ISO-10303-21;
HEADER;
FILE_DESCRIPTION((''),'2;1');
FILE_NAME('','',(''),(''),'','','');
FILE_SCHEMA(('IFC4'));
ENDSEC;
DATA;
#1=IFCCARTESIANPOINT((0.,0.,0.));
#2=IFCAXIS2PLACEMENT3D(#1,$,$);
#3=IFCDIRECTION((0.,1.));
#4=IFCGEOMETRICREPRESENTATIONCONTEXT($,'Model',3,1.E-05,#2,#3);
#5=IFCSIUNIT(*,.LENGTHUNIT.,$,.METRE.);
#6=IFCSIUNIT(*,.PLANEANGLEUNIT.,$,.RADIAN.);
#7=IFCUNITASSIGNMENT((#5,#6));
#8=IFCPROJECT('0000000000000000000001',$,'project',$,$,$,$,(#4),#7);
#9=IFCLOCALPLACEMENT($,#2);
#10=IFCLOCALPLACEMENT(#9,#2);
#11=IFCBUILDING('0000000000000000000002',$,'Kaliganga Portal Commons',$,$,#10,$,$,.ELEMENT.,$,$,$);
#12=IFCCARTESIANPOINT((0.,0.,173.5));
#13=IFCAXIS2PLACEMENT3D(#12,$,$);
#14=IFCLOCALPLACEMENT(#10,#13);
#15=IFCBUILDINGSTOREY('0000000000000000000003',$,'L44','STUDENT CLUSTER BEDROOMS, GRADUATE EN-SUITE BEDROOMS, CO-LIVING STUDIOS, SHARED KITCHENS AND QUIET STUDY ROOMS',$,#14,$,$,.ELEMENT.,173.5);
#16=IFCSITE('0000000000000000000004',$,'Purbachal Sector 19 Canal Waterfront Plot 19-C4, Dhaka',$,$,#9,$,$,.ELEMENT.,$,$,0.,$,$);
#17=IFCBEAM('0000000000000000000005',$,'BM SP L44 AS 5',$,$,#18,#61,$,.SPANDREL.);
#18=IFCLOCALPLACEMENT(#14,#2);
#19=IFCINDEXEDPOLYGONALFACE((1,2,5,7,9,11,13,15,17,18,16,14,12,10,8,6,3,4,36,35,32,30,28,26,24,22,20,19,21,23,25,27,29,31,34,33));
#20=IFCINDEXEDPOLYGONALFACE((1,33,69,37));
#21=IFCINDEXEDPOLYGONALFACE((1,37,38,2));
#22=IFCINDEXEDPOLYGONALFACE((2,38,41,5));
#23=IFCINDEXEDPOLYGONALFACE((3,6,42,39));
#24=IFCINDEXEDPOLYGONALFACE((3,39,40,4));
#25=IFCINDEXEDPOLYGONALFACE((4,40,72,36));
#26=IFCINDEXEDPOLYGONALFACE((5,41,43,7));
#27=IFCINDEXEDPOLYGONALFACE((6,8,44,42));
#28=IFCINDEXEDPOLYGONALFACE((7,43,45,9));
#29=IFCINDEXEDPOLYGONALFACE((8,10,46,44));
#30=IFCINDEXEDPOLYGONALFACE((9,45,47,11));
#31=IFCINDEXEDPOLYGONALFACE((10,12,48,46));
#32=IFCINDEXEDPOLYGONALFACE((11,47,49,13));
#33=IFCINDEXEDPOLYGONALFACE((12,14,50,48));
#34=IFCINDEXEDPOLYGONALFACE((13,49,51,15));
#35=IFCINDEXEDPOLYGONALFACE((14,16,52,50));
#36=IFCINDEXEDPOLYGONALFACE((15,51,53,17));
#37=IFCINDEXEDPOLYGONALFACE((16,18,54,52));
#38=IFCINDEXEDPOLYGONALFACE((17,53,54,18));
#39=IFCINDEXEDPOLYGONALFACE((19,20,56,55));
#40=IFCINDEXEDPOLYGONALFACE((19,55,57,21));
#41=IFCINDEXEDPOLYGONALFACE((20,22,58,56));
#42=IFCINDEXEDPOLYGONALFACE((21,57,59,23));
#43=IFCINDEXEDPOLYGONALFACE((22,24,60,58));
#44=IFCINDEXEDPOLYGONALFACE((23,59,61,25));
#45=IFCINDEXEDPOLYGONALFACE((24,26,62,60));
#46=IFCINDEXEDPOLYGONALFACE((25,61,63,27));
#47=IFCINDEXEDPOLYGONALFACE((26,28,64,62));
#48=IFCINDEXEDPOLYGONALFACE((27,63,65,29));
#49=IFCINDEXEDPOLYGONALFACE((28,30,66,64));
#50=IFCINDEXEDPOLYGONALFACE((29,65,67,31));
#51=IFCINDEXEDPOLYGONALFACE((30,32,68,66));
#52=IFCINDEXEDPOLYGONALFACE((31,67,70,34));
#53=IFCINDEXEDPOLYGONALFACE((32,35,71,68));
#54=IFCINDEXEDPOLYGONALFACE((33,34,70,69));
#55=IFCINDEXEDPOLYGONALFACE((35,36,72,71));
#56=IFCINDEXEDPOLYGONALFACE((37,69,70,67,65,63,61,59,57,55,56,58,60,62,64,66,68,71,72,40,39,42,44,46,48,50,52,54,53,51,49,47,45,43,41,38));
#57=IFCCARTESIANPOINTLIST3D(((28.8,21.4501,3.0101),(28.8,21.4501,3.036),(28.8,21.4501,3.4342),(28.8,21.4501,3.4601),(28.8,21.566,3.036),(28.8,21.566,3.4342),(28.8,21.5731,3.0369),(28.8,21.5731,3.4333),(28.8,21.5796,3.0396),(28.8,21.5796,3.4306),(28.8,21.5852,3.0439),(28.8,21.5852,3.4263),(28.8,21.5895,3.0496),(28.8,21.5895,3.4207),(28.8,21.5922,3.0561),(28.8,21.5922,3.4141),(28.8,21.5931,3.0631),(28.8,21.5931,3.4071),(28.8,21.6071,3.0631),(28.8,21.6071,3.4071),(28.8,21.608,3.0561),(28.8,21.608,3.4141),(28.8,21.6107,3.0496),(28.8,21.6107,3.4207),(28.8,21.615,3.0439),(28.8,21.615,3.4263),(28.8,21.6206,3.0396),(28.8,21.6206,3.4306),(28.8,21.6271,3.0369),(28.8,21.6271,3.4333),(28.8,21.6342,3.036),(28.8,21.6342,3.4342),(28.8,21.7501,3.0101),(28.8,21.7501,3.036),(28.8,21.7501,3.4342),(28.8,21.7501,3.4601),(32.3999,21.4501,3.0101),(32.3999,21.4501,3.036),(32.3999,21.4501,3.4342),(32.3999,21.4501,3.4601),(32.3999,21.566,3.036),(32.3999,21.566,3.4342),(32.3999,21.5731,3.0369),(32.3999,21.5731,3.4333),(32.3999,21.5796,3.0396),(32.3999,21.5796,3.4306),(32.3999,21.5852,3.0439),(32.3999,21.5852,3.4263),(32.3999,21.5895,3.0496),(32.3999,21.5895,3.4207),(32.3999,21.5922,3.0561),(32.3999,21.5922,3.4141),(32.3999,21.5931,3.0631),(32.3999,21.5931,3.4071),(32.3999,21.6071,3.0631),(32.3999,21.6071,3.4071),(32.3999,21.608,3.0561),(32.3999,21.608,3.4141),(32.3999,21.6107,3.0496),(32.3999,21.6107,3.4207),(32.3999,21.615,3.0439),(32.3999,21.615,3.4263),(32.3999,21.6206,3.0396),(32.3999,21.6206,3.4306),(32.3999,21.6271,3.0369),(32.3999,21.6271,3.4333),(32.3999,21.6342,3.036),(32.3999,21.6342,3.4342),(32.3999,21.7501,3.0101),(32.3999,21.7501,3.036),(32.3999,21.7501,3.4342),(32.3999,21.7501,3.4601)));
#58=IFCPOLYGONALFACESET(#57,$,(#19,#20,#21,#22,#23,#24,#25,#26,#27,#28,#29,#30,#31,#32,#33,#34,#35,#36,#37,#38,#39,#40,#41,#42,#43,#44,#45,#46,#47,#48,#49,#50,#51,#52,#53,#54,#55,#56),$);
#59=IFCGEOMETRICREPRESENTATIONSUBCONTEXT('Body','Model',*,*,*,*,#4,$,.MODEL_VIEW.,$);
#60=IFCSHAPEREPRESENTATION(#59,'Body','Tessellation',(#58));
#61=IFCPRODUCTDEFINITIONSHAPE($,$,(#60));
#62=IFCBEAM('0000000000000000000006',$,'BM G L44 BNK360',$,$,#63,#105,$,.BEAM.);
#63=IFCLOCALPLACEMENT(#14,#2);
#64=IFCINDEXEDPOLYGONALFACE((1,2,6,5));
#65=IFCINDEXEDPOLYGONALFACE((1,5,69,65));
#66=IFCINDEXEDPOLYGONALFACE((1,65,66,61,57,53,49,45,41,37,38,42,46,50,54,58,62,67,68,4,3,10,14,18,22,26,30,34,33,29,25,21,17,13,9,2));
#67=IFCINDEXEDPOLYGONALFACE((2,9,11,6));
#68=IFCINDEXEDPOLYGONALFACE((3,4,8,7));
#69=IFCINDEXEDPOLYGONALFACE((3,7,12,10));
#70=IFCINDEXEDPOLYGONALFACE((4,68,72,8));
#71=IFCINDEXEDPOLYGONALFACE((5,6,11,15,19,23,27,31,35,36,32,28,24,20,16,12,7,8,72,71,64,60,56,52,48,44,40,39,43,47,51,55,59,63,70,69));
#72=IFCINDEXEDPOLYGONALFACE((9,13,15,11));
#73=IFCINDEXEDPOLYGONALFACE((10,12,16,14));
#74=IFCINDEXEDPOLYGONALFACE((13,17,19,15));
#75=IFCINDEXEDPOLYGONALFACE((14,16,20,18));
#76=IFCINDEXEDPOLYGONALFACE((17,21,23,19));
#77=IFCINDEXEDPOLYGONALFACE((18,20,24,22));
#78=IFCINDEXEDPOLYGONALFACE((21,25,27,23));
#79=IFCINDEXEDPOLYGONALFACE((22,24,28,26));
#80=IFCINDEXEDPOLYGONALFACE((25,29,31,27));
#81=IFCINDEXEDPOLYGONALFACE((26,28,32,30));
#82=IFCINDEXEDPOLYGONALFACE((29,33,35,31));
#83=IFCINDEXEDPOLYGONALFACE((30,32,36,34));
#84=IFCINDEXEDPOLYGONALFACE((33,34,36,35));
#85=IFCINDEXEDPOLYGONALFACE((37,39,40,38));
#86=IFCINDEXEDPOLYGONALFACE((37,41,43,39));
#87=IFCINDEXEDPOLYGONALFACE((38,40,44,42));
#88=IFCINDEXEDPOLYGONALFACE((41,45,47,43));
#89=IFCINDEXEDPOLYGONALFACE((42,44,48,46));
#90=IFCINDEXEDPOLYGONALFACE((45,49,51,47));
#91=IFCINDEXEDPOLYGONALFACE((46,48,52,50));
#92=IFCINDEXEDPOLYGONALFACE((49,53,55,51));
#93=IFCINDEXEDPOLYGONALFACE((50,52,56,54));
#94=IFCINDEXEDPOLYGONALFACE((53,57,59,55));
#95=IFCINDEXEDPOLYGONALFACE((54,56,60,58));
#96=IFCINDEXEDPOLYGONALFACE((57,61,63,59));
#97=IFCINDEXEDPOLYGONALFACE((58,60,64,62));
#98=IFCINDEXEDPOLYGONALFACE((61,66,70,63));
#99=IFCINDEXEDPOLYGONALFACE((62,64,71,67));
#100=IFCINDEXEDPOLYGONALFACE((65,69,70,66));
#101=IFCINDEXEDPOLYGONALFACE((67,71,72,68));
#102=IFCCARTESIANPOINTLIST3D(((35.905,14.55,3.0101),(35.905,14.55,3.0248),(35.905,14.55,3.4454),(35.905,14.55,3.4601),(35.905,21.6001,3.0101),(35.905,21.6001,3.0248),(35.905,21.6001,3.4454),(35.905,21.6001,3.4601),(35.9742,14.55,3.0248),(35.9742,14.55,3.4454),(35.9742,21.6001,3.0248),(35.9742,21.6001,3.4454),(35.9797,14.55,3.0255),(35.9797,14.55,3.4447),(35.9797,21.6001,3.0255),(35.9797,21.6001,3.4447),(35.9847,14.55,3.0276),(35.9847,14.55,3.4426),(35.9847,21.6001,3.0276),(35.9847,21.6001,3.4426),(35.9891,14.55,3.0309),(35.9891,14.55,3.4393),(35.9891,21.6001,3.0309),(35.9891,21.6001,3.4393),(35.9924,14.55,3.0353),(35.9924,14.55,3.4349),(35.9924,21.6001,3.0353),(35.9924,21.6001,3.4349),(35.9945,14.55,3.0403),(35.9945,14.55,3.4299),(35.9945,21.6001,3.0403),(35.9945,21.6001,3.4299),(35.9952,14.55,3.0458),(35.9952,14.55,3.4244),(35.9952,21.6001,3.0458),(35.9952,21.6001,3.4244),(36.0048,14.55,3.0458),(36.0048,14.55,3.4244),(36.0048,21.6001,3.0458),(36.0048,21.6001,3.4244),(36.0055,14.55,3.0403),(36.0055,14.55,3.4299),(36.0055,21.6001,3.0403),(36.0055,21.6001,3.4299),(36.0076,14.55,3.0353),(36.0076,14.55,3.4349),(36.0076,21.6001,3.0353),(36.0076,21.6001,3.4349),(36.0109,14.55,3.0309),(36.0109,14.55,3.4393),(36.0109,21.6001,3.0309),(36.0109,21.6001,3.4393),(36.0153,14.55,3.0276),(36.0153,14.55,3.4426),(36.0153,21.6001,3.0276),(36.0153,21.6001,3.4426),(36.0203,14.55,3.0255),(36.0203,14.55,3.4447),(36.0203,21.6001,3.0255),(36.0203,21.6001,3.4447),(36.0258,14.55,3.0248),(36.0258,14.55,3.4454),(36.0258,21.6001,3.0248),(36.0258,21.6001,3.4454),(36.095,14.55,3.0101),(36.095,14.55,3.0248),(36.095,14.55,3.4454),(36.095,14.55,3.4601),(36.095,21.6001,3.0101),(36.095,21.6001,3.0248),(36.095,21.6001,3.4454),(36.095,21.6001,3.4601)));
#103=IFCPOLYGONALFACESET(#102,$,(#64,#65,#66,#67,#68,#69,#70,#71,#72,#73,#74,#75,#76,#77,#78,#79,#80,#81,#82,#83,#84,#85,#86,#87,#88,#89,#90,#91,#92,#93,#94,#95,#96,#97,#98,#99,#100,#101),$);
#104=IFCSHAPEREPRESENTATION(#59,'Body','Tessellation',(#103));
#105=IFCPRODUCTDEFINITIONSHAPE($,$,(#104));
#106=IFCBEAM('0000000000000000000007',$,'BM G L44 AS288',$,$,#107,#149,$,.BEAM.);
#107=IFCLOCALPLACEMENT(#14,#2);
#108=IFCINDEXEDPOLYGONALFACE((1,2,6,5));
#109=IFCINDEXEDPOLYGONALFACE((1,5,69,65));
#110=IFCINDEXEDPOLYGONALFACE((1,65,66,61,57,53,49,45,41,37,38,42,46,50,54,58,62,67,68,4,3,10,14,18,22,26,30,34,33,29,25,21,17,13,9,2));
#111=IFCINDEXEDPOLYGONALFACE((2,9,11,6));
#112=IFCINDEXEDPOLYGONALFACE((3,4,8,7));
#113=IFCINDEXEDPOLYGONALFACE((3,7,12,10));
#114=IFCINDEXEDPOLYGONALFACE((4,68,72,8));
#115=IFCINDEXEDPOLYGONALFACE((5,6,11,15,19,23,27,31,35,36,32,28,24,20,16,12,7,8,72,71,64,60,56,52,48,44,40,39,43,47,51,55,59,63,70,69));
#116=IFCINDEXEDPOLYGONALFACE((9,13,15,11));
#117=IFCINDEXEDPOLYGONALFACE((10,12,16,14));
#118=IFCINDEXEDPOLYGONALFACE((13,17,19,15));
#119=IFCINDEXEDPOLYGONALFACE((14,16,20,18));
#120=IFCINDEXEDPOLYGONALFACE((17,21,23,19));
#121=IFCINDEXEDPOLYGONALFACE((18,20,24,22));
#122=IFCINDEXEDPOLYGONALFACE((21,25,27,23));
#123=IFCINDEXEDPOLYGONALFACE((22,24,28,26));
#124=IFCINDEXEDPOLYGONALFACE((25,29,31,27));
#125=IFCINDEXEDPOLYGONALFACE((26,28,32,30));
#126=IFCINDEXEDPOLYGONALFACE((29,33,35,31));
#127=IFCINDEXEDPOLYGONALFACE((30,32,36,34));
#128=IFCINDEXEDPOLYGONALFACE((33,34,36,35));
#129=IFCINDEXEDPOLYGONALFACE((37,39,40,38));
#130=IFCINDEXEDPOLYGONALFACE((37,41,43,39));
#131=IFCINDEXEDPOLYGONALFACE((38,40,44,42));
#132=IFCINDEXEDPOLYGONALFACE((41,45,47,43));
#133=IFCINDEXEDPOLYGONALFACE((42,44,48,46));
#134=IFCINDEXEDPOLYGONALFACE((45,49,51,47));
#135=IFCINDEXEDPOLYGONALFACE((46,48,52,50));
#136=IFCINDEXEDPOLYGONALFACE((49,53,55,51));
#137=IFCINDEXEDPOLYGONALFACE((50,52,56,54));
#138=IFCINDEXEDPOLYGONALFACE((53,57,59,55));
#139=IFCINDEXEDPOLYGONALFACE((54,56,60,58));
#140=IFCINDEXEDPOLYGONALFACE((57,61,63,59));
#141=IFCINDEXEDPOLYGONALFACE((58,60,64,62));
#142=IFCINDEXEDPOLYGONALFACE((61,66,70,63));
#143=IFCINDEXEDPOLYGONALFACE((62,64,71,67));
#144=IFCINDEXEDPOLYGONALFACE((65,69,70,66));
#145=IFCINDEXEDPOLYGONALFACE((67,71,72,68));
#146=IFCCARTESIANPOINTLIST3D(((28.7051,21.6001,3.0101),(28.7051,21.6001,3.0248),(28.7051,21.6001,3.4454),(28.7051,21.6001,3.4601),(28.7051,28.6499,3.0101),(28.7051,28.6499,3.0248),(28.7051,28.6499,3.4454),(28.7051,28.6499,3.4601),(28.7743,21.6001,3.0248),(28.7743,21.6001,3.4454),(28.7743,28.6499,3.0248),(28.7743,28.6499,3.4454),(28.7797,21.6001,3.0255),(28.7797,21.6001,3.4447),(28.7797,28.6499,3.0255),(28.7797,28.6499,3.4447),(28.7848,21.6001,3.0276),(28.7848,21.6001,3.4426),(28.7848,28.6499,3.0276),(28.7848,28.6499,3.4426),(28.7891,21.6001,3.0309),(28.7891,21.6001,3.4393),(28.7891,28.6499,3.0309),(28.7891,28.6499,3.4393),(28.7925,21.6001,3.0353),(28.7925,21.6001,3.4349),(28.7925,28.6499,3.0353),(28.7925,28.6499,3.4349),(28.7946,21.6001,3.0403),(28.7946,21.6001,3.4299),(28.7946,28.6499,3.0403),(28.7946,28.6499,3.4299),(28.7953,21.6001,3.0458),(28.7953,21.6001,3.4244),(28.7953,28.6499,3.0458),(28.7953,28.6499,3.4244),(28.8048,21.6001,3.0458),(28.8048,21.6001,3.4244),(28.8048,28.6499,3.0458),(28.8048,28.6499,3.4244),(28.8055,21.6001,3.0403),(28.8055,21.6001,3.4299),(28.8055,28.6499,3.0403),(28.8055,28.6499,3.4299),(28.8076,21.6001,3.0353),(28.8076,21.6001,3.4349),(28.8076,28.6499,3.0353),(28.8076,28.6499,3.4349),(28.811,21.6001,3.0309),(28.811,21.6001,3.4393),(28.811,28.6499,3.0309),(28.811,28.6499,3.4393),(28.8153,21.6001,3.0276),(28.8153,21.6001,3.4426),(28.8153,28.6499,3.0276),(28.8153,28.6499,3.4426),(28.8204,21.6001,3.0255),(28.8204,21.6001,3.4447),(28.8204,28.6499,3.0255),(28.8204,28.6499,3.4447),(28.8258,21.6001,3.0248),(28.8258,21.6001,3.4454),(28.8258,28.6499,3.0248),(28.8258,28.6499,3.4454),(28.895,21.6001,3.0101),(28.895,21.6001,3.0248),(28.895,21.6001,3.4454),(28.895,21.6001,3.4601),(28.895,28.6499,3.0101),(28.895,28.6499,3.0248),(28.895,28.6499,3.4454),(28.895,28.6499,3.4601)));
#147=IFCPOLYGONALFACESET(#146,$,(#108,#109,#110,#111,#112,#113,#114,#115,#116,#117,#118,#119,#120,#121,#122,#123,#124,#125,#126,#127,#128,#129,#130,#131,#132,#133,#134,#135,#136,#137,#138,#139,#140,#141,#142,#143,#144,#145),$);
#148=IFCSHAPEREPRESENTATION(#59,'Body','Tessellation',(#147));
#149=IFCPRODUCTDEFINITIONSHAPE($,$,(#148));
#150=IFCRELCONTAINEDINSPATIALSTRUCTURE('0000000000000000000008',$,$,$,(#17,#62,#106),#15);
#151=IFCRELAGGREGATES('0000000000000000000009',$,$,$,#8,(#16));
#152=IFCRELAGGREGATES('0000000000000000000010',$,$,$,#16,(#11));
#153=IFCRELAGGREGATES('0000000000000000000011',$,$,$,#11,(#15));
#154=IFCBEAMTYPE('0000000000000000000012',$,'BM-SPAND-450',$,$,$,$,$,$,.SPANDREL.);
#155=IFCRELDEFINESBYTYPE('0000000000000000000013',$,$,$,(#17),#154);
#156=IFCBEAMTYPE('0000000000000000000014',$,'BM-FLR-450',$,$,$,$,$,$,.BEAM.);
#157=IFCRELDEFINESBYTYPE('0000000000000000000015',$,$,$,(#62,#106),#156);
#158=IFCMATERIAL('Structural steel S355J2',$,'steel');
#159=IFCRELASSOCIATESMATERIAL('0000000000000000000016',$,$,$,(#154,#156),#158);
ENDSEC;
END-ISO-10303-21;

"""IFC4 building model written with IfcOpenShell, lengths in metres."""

from ifc_helpers import new_model, si_unit, direction, frame, origin, origin_2d, place, context, subcontext, project, spatial, i_section, extrude, source, transform, mapped, material, material_profile, profile_set, type_object, element, save


model = new_model("IFC4")

# Units and contexts
model_context = context("Model", 3, precision=1e-05, world=origin(), true_north=direction((0.0, 1.0)))
body_context = subcontext(model_context, "Body", "Model", "MODEL_VIEW")
ifc_project = project(units=[si_unit("LENGTHUNIT", "METRE"), si_unit("PLANEANGLEUNIT", "RADIAN")], contexts=[model_context])

# Site, building, storey
site_placement = place(None, origin())
site = spatial("IfcSite", under=ifc_project, at=site_placement, Name="Purbachal Sector 19 Canal Waterfront Plot 19-C4, Dhaka", CompositionType="ELEMENT", RefElevation=0.0)
building_placement = place(site_placement, origin())
building = spatial("IfcBuilding", under=site, at=building_placement, Name="Kaliganga Portal Commons", CompositionType="ELEMENT")
storey_placement = place(building_placement, frame((0.0, 0.0, 173.5)))
storey = spatial("IfcBuildingStorey", under=building, at=storey_placement, Name="L44", Description="STUDENT CLUSTER BEDROOMS, GRADUATE EN-SUITE BEDROOMS, CO-LIVING STUDIOS, SHARED KITCHENS AND QUIET STUDY ROOMS", CompositionType="ELEMENT", Elevation=173.5)

# Beams
ifc_material_1 = material(Name="Structural steel S355J2", Category="steel")
ifc_material_profile_1 = material_profile(ifc_material_1, i_section(OverallWidth=0.3, OverallDepth=0.45, WebThickness=0.0139, FlangeThickness=0.0259, FilletRadius=0.0271, at=origin_2d()), Name="HE 450 B")
ifc_profile_set_1 = profile_set([ifc_material_profile_1], Name="Structural steel S355J2 wide-flange")
beam_type_1 = type_object("IfcBeamType", Name="BM-SPAND-450", PredefinedType="SPANDREL", material=ifc_profile_set_1)
shared_shape_1 = source(origin(), body_context, "Body", "SweptSolid", [
    extrude(i_section(OverallWidth=0.3, OverallDepth=0.45, WebThickness=0.0139, FlangeThickness=0.0259, FilletRadius=0.0271, at=origin_2d()), origin(), (0.0, 0.0, 1.0), 3.5999),
])
beam_1_placement = place(storey_placement, frame((28.8, 21.6001, 3.2351), z_axis=(1.0, 0.0, 0.0), x_axis=(0.0, 1.0, 0.0)))
element("IfcBeam", 1, at=beam_1_placement, inside=storey, type_object=beam_type_1, Name="BM SP L44 AS 5", PredefinedType="SPANDREL", context=body_context, shape_type="MappedRepresentation", body=[
    mapped(shared_shape_1, transform((0.0, 0.0, 0.0), x_axis=(1.0, 0.0, 0.0), y_axis=(0.0, 1.0, 0.0), z_axis=(0.0, 0.0, 1.0), scale=1.0)),
])
ifc_material_profile_2 = material_profile(ifc_material_1, i_section(OverallWidth=0.1899, OverallDepth=0.45, WebThickness=0.0095, FlangeThickness=0.0146, FilletRadius=0.021, at=origin_2d()), Name="IPE 450")
ifc_profile_set_2 = profile_set([ifc_material_profile_2], Name="Structural steel S355J2 wide-flange")
beam_type_2 = type_object("IfcBeamType", Name="BM-FLR-450", PredefinedType="BEAM", material=ifc_profile_set_2)
shared_shape_2 = source(origin(), body_context, "Body", "SweptSolid", [
    extrude(i_section(OverallWidth=0.1899, OverallDepth=0.45, WebThickness=0.0095, FlangeThickness=0.0146, FilletRadius=0.021, at=origin_2d()), origin(), (0.0, 0.0, 1.0), 7.05),
])
beam_2_placement = place(storey_placement, frame((36.0, 14.55, 3.2351), z_axis=(0.0, 1.0, 0.0), x_axis=(-1.0, 0.0, 0.0)))
element("IfcBeam", 2, at=beam_2_placement, inside=storey, type_object=beam_type_2, Name="BM G L44 BNK360", PredefinedType="BEAM", context=body_context, shape_type="MappedRepresentation", body=[
    mapped(shared_shape_2, transform((0.0, 0.0, 0.0), x_axis=(1.0, 0.0, 0.0), y_axis=(0.0, 1.0, 0.0), z_axis=(0.0, 0.0, 1.0), scale=1.0)),
])
shared_shape_3 = source(origin(), body_context, "Body", "SweptSolid", [
    extrude(i_section(OverallWidth=0.1899, OverallDepth=0.45, WebThickness=0.0095, FlangeThickness=0.0146, FilletRadius=0.021, at=origin_2d()), origin(), (0.0, 0.0, 1.0), 7.0498),
])
beam_3_placement = place(storey_placement, frame((28.8, 21.6001, 3.2351), z_axis=(0.0, 1.0, 0.0), x_axis=(-1.0, 0.0, 0.0)))
element("IfcBeam", 3, at=beam_3_placement, inside=storey, type_object=beam_type_2, Name="BM G L44 AS288", PredefinedType="BEAM", context=body_context, shape_type="MappedRepresentation", body=[
    mapped(shared_shape_3, transform((0.0, 0.0, 0.0), x_axis=(1.0, 0.0, 0.0), y_axis=(0.0, 1.0, 0.0), z_axis=(0.0, 0.0, 1.0), scale=1.0)),
])

save(model, "model.ifc")
